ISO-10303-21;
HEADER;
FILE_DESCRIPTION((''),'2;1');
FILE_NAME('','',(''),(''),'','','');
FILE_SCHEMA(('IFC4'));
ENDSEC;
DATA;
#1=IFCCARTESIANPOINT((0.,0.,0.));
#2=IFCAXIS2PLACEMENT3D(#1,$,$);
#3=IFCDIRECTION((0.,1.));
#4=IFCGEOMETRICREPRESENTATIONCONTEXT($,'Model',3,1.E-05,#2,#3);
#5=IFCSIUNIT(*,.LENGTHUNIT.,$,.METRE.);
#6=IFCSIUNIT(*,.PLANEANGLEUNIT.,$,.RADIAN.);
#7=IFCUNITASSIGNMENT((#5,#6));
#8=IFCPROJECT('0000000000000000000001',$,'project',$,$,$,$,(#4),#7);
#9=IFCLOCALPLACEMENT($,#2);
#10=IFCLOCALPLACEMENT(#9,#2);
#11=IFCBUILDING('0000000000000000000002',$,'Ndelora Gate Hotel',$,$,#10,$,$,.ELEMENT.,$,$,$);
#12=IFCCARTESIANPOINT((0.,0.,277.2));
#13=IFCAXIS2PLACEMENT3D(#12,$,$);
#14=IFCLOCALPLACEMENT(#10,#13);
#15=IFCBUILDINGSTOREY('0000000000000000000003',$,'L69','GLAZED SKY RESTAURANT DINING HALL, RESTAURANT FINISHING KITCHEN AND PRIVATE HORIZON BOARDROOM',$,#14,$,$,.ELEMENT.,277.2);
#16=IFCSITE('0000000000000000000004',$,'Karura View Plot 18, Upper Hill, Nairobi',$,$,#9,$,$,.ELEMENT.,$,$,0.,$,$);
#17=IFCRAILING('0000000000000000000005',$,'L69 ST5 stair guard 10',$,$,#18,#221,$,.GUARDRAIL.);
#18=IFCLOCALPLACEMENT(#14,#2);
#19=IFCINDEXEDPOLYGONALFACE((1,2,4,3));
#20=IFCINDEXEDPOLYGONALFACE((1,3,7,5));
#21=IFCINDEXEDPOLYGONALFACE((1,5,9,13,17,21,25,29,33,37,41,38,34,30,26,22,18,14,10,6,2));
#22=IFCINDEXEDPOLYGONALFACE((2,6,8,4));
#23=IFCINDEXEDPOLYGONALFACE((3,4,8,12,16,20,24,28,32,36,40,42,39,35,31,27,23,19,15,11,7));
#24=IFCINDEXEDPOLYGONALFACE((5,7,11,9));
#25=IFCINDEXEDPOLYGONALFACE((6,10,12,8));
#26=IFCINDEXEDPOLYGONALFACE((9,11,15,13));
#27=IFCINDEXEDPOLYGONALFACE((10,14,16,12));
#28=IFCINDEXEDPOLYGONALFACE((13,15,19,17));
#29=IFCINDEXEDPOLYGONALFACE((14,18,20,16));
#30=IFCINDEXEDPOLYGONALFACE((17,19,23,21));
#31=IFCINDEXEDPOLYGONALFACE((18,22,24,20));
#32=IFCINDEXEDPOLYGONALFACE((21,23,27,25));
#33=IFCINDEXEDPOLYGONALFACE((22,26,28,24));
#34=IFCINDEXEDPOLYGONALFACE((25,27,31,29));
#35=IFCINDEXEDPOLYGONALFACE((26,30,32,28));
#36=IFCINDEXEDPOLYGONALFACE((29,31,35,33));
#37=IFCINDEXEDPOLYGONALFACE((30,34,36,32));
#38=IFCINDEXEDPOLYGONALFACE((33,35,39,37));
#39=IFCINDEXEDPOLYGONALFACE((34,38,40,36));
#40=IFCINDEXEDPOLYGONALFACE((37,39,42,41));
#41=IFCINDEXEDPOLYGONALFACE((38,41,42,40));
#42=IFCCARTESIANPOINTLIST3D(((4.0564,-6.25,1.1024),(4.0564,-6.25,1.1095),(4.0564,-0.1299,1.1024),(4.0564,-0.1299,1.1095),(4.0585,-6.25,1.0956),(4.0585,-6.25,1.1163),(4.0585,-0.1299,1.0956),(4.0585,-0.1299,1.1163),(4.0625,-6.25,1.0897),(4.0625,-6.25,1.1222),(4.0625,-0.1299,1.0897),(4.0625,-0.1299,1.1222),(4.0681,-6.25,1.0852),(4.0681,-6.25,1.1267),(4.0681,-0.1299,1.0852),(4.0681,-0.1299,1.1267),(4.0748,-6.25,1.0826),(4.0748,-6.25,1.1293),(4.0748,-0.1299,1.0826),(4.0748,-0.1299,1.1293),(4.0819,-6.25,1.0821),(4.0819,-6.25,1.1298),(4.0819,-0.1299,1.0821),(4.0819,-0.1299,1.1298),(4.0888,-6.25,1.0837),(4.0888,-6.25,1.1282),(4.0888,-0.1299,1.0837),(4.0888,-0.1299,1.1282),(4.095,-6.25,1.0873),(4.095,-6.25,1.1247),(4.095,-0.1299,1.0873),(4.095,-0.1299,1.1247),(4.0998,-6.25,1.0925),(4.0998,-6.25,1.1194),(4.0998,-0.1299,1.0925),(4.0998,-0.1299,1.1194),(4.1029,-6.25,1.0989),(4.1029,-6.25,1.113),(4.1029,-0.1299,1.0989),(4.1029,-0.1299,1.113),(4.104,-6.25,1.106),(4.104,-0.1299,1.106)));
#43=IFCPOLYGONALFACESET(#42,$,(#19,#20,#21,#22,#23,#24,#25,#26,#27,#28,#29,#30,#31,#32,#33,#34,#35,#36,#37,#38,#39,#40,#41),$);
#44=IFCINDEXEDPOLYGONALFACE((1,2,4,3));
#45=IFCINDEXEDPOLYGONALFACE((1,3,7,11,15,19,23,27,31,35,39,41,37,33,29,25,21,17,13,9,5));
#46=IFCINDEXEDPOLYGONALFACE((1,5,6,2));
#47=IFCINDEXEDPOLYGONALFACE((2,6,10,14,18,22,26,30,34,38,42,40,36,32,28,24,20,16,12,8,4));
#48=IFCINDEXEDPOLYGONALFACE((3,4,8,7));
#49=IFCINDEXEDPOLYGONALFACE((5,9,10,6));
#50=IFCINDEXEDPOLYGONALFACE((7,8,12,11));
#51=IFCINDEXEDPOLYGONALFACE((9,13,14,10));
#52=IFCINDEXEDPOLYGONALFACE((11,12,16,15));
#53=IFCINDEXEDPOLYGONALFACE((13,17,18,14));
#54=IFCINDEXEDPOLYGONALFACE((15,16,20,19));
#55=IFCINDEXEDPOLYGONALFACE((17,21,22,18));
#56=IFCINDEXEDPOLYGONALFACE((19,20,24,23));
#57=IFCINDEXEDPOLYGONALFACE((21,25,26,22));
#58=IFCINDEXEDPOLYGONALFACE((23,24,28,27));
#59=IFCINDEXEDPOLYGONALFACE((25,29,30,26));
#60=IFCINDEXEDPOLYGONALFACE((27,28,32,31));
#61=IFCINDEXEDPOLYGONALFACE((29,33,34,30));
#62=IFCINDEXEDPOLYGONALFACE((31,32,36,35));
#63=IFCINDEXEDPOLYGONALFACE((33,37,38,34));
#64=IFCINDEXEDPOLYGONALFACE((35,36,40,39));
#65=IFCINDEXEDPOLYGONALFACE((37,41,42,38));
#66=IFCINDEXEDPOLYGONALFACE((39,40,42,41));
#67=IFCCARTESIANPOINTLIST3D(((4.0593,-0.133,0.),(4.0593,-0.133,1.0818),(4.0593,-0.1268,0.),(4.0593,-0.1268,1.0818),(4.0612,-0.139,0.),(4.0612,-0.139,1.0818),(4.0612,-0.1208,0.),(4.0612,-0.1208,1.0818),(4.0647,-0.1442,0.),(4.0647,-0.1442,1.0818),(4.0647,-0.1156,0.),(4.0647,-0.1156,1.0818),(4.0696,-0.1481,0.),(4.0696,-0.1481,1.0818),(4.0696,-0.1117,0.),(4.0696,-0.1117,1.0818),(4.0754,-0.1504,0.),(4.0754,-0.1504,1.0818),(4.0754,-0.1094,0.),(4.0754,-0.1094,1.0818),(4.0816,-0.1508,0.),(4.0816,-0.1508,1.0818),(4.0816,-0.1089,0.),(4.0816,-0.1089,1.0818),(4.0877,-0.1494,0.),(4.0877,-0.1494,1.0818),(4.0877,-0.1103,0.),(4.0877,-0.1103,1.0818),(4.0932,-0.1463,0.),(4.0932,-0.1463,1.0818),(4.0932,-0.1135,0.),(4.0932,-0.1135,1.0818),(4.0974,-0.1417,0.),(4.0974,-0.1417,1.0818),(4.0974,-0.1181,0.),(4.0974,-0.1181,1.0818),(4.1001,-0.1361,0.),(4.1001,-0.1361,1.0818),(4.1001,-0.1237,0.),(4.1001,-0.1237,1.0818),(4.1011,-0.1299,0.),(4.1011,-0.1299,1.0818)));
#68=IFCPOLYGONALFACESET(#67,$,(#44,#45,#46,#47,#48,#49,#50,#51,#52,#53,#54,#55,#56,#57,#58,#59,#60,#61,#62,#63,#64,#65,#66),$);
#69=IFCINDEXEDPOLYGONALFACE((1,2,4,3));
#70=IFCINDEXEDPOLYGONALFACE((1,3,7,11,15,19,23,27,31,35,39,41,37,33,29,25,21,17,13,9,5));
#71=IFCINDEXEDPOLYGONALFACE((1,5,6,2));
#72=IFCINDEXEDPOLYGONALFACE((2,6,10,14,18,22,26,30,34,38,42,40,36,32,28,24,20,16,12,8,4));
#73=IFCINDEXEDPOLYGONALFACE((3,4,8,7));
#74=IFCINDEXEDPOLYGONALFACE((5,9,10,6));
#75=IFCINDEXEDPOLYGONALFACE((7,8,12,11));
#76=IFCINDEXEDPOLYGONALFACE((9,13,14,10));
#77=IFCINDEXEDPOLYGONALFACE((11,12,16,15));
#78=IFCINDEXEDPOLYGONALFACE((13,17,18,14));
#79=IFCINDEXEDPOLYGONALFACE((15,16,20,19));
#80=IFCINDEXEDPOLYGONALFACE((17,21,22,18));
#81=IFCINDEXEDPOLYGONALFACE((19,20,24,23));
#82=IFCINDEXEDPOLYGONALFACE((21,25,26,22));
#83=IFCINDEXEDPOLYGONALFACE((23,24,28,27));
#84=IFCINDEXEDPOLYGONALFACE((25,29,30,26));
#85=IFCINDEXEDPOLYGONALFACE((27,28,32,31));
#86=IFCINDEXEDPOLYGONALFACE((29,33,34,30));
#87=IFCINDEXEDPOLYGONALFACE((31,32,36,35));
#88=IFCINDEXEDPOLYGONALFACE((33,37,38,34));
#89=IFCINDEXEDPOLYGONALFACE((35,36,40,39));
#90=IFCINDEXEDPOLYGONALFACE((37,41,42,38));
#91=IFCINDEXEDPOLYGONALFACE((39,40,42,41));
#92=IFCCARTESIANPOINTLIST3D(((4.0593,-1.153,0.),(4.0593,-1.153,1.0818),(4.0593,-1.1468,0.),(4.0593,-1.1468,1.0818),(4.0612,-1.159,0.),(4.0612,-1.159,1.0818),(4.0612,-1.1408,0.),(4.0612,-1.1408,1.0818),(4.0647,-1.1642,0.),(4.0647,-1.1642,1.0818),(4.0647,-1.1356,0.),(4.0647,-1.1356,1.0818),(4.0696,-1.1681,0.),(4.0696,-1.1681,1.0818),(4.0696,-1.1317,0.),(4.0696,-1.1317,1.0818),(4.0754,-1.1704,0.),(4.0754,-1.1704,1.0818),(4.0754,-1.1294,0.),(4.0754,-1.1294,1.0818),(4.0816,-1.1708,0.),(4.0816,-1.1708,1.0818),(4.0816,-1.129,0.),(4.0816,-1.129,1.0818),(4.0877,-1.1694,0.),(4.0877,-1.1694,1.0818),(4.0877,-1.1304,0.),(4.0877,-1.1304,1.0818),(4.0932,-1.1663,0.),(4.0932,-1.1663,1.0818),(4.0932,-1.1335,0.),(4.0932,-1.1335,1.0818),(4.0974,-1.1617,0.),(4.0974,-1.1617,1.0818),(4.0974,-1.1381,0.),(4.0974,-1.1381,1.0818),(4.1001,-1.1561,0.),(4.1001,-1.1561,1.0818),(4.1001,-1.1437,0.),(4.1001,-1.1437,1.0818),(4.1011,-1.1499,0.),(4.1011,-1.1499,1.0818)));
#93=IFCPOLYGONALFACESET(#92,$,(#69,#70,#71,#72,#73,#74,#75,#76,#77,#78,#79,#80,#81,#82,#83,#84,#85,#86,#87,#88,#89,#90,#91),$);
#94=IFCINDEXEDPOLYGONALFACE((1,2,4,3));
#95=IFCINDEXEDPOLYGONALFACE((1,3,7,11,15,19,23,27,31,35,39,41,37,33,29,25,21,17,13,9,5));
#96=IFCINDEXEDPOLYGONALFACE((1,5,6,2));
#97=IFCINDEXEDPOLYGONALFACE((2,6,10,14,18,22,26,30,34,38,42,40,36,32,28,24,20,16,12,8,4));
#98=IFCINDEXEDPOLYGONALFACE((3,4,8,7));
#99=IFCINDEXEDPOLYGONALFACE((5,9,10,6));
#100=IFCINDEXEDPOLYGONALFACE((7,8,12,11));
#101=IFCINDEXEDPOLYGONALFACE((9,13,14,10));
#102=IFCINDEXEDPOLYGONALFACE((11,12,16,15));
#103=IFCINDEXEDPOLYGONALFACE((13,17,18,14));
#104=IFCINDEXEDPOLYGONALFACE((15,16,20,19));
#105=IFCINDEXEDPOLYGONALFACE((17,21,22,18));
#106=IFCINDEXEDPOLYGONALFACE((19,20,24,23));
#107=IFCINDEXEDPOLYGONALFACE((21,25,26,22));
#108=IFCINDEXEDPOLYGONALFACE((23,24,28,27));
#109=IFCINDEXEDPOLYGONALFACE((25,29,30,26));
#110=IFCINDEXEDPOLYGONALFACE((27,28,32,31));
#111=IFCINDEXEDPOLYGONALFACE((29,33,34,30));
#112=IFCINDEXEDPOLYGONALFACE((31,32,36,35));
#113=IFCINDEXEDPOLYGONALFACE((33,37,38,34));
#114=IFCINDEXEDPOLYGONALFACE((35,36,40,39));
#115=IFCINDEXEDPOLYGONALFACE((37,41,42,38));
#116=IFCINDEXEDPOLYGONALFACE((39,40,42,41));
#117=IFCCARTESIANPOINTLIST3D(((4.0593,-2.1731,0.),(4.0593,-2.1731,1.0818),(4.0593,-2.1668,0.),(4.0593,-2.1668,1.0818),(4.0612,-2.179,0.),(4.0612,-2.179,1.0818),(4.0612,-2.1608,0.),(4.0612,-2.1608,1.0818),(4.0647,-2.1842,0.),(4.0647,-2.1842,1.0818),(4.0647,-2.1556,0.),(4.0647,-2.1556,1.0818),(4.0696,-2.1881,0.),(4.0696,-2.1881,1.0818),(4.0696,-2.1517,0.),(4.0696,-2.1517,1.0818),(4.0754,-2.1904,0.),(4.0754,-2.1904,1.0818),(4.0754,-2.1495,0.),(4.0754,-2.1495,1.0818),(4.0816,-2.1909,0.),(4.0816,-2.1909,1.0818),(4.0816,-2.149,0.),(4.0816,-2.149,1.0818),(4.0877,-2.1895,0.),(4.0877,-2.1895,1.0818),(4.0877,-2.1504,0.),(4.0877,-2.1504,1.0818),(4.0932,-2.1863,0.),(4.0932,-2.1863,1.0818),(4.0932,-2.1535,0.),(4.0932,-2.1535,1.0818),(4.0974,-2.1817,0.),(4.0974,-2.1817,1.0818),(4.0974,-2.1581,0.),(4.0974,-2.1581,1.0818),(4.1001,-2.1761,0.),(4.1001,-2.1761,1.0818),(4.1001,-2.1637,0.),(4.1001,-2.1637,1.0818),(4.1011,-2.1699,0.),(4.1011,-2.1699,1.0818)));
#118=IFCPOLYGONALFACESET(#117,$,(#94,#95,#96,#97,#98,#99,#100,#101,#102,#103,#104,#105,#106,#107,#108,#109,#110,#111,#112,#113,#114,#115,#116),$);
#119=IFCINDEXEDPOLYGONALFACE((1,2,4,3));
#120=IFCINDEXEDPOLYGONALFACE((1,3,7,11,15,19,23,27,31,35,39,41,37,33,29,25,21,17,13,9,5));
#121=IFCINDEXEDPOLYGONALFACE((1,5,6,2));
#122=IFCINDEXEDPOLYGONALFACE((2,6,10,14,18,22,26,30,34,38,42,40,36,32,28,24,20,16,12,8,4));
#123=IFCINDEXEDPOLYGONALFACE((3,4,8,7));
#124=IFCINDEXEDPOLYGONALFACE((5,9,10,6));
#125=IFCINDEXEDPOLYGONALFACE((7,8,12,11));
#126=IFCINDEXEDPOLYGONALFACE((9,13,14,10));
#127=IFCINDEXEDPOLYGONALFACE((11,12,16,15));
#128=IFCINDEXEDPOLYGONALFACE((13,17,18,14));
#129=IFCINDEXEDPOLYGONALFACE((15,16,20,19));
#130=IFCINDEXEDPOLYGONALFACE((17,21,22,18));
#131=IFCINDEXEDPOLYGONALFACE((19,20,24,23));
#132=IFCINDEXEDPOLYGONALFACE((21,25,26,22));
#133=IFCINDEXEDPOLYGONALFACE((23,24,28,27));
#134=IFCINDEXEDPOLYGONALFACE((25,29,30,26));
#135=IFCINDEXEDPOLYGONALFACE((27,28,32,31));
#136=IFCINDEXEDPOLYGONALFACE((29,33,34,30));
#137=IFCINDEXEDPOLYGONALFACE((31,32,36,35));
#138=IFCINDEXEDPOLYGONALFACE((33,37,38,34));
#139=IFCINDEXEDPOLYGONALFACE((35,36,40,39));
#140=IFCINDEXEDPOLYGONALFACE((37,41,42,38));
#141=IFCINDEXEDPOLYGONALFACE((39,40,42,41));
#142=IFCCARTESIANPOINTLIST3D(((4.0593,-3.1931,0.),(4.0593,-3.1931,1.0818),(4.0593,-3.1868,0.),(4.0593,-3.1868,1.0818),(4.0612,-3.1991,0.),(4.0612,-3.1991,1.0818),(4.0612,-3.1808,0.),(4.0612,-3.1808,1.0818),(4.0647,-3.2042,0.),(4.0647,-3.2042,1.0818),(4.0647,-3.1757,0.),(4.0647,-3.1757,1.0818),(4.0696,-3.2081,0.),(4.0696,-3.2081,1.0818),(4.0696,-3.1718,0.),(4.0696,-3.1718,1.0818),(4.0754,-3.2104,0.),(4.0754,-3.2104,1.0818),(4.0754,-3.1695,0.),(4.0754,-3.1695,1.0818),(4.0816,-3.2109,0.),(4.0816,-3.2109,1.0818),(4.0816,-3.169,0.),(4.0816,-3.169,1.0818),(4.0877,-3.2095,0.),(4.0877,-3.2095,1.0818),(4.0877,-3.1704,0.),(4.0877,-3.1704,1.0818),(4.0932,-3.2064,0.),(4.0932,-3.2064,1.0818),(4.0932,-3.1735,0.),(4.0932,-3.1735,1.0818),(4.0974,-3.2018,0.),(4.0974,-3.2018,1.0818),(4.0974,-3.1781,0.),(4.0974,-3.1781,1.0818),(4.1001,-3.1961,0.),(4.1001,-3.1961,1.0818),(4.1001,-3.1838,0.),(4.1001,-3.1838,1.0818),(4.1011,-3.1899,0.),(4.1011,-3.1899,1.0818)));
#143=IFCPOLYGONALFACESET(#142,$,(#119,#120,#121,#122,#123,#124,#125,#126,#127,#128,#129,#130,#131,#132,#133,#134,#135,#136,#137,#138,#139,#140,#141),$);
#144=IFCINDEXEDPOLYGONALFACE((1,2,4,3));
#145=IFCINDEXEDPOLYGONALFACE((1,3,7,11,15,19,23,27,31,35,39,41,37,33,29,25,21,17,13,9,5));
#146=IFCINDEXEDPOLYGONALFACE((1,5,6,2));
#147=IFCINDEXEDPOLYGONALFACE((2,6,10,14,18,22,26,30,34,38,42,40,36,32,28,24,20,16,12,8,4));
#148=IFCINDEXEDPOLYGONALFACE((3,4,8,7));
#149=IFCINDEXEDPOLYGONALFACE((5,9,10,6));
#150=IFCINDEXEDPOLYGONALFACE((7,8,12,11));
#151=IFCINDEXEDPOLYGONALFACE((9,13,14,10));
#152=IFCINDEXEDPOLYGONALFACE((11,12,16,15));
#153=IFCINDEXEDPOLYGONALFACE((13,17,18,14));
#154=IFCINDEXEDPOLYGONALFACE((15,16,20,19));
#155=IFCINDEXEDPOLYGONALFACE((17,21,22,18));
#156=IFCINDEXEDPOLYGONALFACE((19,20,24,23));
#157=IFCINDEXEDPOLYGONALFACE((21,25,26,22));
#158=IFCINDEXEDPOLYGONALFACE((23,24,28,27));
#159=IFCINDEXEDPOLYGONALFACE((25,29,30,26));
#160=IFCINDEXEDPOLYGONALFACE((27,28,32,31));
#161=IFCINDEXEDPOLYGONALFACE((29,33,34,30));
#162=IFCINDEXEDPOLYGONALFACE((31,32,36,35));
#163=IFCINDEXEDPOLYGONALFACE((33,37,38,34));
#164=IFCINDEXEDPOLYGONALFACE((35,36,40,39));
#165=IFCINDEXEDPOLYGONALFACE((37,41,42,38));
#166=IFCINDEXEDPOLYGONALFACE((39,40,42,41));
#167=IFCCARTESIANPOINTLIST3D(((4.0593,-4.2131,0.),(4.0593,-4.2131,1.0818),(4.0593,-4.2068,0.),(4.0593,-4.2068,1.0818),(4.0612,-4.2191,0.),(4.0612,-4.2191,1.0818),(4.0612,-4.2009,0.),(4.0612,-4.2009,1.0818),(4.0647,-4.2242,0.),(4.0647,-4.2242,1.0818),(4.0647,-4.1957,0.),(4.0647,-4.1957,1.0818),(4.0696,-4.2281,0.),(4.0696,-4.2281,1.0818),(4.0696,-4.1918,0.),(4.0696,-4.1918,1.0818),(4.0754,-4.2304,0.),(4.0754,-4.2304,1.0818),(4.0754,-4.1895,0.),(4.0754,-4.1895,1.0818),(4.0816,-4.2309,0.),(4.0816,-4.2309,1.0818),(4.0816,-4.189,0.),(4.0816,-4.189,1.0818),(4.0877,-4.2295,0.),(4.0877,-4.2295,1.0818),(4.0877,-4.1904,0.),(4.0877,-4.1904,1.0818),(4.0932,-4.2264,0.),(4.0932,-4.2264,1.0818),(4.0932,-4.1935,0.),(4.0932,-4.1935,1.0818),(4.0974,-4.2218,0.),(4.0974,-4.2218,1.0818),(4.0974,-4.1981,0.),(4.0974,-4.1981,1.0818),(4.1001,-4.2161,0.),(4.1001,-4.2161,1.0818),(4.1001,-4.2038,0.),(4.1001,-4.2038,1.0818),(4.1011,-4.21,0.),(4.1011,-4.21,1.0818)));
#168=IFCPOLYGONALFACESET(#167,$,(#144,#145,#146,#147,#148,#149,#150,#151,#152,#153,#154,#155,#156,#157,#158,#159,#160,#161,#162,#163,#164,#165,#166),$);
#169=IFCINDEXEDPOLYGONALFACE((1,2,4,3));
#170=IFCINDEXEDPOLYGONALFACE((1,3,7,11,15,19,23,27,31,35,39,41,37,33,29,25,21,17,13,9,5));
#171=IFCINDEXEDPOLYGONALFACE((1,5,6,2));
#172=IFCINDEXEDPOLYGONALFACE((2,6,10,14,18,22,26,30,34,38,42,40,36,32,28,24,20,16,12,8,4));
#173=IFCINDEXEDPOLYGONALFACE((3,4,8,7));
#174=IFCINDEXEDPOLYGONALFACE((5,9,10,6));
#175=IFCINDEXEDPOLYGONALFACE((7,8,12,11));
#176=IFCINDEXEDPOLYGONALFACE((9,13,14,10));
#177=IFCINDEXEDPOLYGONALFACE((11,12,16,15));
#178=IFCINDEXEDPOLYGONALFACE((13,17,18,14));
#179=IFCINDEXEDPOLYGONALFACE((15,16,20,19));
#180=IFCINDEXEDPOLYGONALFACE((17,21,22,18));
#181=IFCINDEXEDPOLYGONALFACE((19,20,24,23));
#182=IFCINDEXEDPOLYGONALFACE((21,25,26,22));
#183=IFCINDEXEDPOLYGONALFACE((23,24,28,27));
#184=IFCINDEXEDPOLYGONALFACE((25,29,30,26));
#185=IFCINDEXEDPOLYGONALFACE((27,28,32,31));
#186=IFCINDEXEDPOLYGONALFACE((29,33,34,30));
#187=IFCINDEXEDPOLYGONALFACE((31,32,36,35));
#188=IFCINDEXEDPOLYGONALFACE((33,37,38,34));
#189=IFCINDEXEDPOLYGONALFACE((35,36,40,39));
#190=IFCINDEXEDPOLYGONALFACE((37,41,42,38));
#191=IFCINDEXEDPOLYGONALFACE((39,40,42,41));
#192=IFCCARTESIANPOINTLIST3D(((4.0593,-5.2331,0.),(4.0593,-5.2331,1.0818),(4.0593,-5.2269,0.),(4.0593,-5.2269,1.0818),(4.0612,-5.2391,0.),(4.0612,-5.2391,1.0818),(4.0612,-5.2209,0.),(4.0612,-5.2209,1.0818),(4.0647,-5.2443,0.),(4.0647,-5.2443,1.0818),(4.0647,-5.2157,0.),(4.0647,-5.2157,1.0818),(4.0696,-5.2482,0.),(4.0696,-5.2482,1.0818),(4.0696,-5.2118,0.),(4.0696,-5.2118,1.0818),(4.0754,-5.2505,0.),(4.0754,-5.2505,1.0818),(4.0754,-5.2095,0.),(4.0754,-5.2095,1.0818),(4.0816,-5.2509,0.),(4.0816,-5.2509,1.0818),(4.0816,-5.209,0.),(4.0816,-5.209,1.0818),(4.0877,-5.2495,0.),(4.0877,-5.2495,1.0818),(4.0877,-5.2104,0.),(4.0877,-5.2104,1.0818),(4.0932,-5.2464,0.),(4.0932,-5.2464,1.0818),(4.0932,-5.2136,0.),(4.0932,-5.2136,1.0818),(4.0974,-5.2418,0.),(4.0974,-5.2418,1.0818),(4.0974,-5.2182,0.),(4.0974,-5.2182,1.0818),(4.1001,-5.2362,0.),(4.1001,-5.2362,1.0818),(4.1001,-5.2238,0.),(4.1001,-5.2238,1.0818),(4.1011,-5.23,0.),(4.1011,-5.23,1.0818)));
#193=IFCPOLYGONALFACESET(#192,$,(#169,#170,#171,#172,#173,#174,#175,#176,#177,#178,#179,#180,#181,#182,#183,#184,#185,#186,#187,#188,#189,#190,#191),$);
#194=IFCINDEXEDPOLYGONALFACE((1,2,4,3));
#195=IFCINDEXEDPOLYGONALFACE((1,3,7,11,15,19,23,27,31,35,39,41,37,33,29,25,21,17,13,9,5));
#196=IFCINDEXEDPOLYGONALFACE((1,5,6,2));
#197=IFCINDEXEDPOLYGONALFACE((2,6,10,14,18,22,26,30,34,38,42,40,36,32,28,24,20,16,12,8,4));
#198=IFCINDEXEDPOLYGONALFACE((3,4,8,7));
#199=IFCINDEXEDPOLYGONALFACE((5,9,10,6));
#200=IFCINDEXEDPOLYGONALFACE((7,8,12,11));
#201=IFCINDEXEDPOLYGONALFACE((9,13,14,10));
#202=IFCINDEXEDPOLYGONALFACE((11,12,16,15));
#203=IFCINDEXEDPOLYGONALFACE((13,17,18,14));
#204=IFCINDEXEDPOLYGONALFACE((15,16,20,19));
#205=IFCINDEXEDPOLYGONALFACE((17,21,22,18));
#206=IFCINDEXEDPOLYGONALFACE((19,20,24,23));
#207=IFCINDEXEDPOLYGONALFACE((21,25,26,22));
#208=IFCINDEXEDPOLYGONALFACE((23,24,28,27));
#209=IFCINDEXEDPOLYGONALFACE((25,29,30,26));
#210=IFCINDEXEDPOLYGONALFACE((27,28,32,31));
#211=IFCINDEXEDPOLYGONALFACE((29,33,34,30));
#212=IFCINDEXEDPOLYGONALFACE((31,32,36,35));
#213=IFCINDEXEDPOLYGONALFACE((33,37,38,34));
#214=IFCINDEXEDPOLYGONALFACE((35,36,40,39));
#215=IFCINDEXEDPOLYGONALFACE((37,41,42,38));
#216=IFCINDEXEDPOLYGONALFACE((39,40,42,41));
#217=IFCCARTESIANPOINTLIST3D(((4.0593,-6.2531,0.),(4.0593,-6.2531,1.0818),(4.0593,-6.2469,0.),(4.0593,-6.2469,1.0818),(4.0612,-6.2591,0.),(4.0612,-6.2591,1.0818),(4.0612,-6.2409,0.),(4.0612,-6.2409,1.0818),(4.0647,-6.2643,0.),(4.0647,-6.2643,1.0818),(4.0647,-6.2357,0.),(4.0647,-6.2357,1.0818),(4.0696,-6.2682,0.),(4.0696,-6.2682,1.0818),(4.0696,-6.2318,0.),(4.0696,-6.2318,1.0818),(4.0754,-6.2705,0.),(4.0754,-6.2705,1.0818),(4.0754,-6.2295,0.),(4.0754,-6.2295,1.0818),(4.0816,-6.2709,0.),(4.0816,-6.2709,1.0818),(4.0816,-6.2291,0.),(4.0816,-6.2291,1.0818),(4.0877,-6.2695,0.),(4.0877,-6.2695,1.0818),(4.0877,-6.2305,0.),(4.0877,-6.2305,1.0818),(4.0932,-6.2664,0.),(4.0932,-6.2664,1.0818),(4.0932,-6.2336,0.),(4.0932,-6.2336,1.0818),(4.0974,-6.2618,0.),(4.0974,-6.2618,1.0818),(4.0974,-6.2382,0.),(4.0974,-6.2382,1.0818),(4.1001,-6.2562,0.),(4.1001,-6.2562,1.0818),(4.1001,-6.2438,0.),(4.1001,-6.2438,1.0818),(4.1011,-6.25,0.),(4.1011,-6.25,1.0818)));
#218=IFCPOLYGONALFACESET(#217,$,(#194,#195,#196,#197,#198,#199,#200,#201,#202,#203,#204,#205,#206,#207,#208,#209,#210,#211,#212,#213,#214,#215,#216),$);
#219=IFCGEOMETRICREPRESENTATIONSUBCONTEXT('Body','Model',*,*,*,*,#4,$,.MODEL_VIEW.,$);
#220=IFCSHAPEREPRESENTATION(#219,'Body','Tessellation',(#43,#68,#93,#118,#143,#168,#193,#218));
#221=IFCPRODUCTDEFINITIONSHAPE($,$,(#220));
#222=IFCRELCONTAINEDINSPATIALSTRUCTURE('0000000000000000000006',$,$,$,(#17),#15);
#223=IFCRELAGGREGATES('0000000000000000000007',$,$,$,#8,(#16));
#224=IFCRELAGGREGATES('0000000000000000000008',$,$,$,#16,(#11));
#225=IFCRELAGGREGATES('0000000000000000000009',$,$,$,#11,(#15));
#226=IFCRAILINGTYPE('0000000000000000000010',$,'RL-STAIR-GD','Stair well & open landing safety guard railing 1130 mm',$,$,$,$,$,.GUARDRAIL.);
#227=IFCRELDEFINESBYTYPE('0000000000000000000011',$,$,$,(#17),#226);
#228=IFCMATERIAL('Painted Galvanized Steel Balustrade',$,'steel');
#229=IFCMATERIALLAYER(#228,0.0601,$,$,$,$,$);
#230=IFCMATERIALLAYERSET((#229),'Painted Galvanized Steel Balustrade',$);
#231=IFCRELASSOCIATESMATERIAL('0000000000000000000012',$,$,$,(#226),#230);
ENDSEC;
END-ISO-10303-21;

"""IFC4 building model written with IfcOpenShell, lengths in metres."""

from ifc_helpers import new_model, si_unit, direction, frame, origin, origin_2d, place, context, subcontext, project, spatial, circle, extrude, material, layer, layer_set, type_object, element, save


model = new_model("IFC4")

# Units and contexts
model_context = context("Model", 3, precision=1e-05, world=origin(), true_north=direction((0.0, 1.0)))
body_context = subcontext(model_context, "Body", "Model", "MODEL_VIEW")
ifc_project = project(units=[si_unit("LENGTHUNIT", "METRE"), si_unit("PLANEANGLEUNIT", "RADIAN")], contexts=[model_context])

# Site, building, storey
site_placement = place(None, origin())
site = spatial("IfcSite", under=ifc_project, at=site_placement, Name="Karura View Plot 18, Upper Hill, Nairobi", CompositionType="ELEMENT", RefElevation=0.0)
building_placement = place(site_placement, origin())
building = spatial("IfcBuilding", under=site, at=building_placement, Name="Ndelora Gate Hotel", CompositionType="ELEMENT")
storey_placement = place(building_placement, frame((0.0, 0.0, 277.2)))
storey = spatial("IfcBuildingStorey", under=building, at=storey_placement, Name="L69", Description="GLAZED SKY RESTAURANT DINING HALL, RESTAURANT FINISHING KITCHEN AND PRIVATE HORIZON BOARDROOM", CompositionType="ELEMENT", Elevation=277.2)

# Railing
ifc_material_1 = material(Name="Painted Galvanized Steel Balustrade", Category="steel")
ifc_layer_1 = layer(ifc_material_1, 0.0601)
ifc_layer_set_1 = layer_set([ifc_layer_1], Name="Painted Galvanized Steel Balustrade")
railing_type_1 = type_object("IfcRailingType", Name="RL-STAIR-GD", Description="Stair well & open landing safety guard railing 1130 mm", PredefinedType="GUARDRAIL", material=ifc_layer_set_1)
railing_1_placement = place(storey_placement, frame((4.0801, -0.1299, 0.0)))
element("IfcRailing", 1, at=railing_1_placement, inside=storey, type_object=railing_type_1, Name="L69 ST5 stair guard 10", PredefinedType="GUARDRAIL", context=body_context, shape_type="SweptSolid", body=[
    extrude(circle(Radius=0.0239, at=origin_2d()), frame((0.0, 0.0, 1.106), z_axis=(0.0, -1.0, 0.0), x_axis=(1.0, 0.0, 0.0)), (0.0, 0.0, 1.0), 6.1201),
    extrude(circle(Radius=0.021, at=origin_2d()), origin(), (0.0, 0.0, 1.0), 1.0818),
    extrude(circle(Radius=0.021, at=origin_2d()), frame((0.0, -1.02, 0.0)), (0.0, 0.0, 1.0), 1.0818),
    extrude(circle(Radius=0.021, at=origin_2d()), frame((0.0, -2.04, 0.0)), (0.0, 0.0, 1.0), 1.0818),
    extrude(circle(Radius=0.021, at=origin_2d()), frame((0.0, -3.0601, 0.0)), (0.0, 0.0, 1.0), 1.0818),
    extrude(circle(Radius=0.021, at=origin_2d()), frame((0.0, -4.0801, 0.0)), (0.0, 0.0, 1.0), 1.0818),
    extrude(circle(Radius=0.021, at=origin_2d()), frame((0.0, -5.1001, 0.0)), (0.0, 0.0, 1.0), 1.0818),
    extrude(circle(Radius=0.021, at=origin_2d()), frame((0.0, -6.1201, 0.0)), (0.0, 0.0, 1.0), 1.0818),
])

save(model, "model.ifc")
